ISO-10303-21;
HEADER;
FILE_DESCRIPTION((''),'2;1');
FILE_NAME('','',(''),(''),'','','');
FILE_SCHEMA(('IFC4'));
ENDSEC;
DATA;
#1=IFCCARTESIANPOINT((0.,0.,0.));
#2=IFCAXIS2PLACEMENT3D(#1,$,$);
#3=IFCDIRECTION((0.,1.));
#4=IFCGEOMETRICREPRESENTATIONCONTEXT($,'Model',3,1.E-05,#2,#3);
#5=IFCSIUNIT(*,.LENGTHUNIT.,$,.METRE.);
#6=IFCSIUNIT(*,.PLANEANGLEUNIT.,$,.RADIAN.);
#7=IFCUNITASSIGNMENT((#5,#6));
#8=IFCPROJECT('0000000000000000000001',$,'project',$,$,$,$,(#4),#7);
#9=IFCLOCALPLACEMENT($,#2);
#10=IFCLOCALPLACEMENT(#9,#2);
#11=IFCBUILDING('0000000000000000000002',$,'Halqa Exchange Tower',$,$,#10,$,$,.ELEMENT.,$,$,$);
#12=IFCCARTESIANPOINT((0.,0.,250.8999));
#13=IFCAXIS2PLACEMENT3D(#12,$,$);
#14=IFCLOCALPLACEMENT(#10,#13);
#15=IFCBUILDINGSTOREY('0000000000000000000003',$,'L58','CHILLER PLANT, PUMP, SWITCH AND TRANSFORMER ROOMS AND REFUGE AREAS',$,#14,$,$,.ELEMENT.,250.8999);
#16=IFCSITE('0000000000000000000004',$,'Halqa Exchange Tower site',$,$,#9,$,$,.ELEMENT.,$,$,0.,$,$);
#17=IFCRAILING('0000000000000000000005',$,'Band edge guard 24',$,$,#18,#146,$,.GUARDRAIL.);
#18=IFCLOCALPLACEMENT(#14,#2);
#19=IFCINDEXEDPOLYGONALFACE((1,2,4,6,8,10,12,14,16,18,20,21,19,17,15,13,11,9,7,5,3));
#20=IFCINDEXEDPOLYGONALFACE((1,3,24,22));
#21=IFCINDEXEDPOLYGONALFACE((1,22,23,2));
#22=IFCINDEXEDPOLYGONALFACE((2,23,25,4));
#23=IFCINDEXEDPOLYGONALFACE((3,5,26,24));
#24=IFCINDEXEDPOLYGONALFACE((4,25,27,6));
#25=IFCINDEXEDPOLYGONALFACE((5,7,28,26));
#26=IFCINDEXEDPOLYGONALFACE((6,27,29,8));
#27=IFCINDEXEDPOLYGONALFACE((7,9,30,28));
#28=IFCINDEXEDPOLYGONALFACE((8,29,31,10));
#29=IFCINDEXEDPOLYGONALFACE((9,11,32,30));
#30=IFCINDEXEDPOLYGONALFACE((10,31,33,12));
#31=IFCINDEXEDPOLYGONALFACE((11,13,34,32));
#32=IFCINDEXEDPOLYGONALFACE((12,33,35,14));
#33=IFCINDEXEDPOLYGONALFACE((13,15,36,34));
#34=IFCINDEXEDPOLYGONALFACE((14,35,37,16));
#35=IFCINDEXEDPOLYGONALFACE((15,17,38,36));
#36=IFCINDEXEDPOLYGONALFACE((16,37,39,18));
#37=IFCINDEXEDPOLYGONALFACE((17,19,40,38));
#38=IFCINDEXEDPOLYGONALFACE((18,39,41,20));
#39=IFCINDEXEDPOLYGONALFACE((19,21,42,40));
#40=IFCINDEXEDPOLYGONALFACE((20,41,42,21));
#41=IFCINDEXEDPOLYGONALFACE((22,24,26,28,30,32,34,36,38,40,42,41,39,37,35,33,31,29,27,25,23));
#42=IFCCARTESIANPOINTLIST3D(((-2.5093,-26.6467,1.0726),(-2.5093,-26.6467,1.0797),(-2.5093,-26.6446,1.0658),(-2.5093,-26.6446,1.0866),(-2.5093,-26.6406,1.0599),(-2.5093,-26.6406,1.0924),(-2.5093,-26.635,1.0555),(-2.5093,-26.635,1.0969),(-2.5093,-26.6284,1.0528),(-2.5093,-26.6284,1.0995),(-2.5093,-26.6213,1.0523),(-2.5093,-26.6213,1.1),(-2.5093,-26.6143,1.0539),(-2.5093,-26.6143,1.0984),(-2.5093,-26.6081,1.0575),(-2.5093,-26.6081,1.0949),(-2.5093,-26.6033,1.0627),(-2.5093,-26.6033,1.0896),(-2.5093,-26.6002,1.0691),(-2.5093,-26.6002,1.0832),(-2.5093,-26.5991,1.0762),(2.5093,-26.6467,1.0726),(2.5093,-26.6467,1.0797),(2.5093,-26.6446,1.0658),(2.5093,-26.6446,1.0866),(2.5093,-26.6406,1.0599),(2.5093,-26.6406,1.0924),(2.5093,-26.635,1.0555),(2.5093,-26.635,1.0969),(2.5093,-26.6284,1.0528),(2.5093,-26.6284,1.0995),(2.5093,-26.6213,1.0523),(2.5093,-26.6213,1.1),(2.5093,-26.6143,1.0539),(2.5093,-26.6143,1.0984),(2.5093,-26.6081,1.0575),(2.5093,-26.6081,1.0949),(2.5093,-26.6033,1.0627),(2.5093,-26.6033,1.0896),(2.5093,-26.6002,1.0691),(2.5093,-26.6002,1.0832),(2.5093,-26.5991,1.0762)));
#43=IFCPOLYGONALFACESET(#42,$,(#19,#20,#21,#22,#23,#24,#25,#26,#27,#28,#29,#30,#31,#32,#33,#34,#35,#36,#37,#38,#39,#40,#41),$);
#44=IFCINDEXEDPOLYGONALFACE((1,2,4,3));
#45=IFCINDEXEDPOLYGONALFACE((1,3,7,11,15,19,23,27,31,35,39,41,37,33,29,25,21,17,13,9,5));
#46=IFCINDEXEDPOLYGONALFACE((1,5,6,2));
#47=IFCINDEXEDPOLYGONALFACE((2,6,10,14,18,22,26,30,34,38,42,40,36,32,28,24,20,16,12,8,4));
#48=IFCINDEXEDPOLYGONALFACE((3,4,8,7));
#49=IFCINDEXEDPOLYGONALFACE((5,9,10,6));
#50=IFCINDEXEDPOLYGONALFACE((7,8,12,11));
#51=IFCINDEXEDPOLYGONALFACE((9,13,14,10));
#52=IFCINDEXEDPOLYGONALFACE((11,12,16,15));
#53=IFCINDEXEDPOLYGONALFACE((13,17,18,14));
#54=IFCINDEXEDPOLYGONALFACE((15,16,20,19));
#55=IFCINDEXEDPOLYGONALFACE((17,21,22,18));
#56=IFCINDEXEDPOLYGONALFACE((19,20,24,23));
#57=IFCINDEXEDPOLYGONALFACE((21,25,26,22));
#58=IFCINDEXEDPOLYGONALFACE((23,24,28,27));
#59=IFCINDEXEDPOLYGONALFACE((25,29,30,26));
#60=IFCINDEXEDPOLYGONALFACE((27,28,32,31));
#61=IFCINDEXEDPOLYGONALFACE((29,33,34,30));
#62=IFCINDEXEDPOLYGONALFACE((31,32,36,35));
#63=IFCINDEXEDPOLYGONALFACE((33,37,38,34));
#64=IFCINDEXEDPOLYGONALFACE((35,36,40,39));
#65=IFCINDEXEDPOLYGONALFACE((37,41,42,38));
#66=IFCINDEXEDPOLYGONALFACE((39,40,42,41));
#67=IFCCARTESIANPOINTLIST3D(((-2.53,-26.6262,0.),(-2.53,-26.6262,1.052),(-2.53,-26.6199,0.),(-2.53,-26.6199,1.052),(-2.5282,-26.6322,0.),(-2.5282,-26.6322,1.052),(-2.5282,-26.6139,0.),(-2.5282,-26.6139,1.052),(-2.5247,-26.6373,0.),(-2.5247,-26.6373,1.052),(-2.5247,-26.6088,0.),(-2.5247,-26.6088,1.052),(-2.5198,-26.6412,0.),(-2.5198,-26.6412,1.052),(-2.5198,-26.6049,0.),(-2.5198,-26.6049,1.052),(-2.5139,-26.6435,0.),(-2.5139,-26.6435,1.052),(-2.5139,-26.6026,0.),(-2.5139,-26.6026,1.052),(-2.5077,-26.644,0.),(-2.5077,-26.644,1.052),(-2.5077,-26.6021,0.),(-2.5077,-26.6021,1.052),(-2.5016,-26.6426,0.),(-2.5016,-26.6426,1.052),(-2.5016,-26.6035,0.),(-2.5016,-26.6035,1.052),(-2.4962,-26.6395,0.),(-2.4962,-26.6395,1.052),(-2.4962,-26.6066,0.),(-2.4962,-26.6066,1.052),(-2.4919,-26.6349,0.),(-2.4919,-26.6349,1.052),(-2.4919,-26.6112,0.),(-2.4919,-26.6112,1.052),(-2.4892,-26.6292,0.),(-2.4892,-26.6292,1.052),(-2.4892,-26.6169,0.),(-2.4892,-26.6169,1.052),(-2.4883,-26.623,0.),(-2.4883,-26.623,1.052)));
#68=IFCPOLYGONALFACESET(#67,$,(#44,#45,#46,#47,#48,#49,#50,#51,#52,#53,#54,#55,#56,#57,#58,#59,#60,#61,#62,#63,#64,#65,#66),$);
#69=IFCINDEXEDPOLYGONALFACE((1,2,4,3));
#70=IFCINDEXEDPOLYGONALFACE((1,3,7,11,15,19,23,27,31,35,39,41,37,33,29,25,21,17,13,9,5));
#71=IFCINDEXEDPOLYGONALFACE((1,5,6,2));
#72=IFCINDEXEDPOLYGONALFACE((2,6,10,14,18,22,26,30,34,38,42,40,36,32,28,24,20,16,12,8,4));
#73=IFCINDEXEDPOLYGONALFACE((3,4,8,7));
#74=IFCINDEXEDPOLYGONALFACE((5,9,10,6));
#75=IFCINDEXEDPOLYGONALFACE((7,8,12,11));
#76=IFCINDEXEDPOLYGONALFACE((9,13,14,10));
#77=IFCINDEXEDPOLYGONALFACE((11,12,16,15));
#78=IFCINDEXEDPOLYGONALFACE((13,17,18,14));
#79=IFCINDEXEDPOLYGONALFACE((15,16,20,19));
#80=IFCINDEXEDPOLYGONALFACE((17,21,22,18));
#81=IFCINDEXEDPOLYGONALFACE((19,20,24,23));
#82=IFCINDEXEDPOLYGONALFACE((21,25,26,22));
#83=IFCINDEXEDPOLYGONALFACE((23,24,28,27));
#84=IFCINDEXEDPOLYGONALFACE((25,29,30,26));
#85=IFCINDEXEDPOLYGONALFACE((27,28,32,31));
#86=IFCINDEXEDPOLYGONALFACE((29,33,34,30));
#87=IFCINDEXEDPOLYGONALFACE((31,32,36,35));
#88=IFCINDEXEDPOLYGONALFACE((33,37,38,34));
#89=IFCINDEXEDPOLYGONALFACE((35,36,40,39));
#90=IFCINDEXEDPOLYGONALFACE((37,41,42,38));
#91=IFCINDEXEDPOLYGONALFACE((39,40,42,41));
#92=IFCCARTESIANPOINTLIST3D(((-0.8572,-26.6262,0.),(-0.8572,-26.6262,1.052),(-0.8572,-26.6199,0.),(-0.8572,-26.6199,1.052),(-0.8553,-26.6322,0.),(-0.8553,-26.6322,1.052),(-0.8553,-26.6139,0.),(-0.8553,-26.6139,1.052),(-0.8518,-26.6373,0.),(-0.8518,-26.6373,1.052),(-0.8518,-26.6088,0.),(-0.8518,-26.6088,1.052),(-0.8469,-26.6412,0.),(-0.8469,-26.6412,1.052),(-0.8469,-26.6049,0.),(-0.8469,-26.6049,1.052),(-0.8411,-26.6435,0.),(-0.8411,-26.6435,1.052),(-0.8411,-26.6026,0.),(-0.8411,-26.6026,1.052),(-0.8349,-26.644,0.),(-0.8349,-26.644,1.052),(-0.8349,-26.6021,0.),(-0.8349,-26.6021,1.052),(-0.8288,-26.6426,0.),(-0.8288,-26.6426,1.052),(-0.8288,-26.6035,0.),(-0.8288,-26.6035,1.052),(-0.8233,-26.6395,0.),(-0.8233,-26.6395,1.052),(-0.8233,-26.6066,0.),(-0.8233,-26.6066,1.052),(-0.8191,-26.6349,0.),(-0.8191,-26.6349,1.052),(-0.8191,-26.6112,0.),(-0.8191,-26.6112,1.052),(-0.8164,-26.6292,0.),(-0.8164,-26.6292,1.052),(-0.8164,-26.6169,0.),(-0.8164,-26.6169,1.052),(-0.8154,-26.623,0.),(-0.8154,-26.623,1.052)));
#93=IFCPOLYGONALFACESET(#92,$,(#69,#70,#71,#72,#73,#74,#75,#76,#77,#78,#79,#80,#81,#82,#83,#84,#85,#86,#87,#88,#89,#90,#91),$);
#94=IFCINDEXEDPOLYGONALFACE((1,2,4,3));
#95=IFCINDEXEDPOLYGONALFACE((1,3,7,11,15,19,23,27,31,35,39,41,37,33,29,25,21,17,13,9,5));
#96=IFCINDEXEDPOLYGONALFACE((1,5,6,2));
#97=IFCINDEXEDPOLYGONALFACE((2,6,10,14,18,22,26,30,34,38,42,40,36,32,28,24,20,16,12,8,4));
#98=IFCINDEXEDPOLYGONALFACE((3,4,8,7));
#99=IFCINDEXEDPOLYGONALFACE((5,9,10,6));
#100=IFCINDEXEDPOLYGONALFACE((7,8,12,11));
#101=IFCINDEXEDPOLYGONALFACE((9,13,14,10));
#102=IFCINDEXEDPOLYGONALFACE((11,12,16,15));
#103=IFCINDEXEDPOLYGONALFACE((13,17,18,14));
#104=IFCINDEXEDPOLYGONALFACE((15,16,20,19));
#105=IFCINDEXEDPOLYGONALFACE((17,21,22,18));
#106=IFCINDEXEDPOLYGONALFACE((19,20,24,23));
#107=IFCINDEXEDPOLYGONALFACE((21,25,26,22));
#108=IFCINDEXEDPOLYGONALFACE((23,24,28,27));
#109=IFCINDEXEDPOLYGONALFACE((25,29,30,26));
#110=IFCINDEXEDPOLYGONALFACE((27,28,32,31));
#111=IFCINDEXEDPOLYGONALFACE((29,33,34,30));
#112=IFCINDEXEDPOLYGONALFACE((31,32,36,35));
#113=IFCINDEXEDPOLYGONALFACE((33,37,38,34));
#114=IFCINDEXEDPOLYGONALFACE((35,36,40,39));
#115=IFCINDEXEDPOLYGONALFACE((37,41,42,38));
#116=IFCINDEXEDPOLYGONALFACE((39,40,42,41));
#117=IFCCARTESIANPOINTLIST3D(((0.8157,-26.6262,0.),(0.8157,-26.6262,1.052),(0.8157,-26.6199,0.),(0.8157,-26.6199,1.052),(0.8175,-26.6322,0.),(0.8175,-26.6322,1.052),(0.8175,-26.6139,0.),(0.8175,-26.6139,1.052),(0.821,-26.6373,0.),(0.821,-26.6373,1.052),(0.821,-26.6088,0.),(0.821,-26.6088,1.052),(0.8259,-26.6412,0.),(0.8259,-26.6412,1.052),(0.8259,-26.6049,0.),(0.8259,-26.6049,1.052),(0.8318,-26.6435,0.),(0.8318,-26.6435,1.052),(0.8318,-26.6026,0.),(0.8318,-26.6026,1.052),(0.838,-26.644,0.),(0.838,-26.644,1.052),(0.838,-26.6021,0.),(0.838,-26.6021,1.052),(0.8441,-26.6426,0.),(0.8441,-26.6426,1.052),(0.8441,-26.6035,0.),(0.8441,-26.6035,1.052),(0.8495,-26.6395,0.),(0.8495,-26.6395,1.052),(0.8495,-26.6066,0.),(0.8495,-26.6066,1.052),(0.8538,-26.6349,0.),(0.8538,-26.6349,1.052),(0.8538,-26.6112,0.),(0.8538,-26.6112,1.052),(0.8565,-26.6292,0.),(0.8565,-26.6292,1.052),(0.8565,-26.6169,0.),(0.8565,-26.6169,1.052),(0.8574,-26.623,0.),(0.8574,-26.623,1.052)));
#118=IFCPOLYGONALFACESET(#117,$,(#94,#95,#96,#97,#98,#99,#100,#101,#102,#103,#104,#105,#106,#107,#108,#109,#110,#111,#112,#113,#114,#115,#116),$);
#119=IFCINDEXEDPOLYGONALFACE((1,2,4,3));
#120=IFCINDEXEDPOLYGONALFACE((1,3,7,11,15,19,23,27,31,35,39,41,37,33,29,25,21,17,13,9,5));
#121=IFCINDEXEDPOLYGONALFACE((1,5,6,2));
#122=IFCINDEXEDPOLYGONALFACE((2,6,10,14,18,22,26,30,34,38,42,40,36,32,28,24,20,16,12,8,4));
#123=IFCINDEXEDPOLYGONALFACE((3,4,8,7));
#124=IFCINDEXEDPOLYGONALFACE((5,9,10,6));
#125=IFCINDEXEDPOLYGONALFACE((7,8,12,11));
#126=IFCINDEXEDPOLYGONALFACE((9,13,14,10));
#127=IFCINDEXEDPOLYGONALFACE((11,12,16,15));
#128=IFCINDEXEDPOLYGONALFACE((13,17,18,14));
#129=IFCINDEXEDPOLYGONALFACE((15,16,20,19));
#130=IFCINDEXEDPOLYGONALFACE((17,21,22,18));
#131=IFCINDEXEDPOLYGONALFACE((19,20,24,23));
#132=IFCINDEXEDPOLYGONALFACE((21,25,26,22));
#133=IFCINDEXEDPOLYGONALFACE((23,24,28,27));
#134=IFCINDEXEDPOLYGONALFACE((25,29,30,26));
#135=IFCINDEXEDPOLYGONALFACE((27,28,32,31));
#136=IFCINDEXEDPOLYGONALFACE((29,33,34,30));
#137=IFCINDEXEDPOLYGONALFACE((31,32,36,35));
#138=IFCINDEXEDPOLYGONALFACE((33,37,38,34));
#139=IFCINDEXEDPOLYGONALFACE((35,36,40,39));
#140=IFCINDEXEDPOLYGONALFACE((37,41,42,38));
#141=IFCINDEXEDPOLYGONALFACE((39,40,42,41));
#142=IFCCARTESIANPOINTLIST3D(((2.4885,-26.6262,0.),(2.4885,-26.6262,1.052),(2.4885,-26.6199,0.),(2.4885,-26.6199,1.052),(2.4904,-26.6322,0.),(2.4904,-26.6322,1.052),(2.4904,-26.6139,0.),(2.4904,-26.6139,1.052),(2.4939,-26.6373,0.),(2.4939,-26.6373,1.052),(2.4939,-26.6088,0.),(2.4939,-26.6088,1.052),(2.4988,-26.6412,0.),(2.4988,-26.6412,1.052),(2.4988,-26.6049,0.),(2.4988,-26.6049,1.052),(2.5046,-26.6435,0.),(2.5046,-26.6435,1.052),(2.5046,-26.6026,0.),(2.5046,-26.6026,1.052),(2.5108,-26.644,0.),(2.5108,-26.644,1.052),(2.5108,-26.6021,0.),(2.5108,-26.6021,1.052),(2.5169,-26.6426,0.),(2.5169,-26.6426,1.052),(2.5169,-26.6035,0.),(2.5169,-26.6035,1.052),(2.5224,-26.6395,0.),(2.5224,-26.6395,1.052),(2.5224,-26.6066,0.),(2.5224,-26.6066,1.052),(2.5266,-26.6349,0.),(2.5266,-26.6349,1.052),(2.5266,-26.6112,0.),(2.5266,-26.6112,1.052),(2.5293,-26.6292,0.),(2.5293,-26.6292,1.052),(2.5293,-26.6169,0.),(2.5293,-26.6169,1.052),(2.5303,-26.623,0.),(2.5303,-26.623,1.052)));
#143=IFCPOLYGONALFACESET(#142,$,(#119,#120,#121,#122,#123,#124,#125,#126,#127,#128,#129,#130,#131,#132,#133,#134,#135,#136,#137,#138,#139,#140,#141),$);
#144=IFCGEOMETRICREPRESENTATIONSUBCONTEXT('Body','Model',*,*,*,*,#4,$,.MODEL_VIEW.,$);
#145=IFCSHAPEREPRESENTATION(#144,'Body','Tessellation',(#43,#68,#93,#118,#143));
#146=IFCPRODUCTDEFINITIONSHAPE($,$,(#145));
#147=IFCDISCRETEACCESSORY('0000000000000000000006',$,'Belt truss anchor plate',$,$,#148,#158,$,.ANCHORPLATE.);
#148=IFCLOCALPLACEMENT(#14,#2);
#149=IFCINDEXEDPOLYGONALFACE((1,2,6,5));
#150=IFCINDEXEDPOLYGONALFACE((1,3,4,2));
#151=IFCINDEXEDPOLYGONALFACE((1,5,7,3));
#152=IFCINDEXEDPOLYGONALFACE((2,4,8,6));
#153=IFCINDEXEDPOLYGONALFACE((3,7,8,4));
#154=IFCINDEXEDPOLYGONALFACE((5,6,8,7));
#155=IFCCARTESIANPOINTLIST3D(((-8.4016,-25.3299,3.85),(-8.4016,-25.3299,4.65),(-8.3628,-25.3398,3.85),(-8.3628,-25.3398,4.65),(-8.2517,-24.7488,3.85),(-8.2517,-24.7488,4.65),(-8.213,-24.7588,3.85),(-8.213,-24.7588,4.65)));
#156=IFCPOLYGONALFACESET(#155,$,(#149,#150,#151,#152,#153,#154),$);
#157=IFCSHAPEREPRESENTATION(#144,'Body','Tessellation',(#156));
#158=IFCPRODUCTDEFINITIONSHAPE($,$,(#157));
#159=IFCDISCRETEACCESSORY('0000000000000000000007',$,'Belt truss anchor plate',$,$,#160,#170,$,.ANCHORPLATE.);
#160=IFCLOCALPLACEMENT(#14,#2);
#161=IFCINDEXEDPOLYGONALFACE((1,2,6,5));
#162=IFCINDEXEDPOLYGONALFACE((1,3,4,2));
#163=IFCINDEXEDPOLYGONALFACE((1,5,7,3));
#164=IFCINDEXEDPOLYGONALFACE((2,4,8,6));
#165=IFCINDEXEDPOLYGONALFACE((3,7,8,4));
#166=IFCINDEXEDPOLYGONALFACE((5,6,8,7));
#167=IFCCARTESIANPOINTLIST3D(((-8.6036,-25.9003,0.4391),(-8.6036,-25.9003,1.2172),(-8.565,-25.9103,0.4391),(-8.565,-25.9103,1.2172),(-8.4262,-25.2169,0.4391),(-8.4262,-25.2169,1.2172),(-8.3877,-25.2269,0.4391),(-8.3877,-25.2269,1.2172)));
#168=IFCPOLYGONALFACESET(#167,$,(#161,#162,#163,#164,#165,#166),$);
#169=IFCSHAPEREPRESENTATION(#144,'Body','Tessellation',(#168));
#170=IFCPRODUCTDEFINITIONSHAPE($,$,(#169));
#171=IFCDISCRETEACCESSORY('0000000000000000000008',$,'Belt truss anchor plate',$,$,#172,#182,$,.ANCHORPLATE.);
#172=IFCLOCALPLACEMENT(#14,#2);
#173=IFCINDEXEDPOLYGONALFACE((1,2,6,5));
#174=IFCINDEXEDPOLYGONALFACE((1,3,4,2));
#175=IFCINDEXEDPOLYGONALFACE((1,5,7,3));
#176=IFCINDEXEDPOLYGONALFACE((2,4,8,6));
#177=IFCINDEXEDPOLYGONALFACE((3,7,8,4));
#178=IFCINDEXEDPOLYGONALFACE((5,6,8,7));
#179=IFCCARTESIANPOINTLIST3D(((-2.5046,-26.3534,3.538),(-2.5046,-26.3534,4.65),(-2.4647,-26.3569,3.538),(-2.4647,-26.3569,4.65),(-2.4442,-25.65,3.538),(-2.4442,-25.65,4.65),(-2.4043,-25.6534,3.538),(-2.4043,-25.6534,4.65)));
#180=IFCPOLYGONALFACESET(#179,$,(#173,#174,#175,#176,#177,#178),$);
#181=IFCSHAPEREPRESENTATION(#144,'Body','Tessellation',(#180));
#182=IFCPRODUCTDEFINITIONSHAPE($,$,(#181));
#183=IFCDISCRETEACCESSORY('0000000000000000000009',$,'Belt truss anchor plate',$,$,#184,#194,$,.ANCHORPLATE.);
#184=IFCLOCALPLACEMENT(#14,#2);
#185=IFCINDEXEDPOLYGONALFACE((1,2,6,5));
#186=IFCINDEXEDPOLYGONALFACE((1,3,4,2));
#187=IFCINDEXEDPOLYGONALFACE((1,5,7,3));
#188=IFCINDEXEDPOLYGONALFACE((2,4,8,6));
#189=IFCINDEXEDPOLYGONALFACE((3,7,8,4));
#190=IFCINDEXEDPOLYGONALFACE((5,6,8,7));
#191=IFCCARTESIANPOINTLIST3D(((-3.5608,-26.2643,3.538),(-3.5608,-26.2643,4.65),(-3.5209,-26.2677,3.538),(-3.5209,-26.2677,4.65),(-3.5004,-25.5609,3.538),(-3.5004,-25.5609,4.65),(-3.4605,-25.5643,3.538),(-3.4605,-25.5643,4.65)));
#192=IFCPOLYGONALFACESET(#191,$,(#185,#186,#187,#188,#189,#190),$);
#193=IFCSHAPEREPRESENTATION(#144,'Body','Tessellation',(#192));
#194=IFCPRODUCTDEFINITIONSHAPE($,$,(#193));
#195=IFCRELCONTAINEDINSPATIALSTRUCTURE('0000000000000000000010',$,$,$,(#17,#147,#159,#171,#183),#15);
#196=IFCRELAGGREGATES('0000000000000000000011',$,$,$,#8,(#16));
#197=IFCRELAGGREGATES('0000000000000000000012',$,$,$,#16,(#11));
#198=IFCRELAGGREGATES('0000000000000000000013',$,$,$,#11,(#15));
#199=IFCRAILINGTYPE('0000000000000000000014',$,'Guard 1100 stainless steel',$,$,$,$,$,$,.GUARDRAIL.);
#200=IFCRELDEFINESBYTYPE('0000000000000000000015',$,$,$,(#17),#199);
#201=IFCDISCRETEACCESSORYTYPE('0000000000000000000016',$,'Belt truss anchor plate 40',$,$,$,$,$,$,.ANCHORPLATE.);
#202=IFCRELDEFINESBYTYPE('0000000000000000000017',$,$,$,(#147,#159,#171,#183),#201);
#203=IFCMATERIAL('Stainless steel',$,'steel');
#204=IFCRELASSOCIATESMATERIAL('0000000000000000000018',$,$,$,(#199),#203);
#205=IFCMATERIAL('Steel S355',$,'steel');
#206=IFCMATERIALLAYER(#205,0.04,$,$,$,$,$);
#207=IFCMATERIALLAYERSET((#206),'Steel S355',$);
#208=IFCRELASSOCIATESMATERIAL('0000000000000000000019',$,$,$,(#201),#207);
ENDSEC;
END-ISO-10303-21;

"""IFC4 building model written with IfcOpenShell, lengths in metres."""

from ifc_helpers import new_model, si_unit, direction, frame, origin, origin_2d, place, context, subcontext, project, spatial, rectangle, circle, extrude, material, layer, layer_set, type_object, element, save


model = new_model("IFC4")

# Units and contexts
model_context = context("Model", 3, precision=1e-05, world=origin(), true_north=direction((0.0, 1.0)))
body_context = subcontext(model_context, "Body", "Model", "MODEL_VIEW")
ifc_project = project(units=[si_unit("LENGTHUNIT", "METRE"), si_unit("PLANEANGLEUNIT", "RADIAN")], contexts=[model_context])

# Site, building, storey
site_placement = place(None, origin())
site = spatial("IfcSite", under=ifc_project, at=site_placement, Name="Halqa Exchange Tower site", CompositionType="ELEMENT", RefElevation=0.0)
building_placement = place(site_placement, origin())
building = spatial("IfcBuilding", under=site, at=building_placement, Name="Halqa Exchange Tower", CompositionType="ELEMENT")
storey_placement = place(building_placement, frame((0.0, 0.0, 250.8999)))
storey = spatial("IfcBuildingStorey", under=building, at=storey_placement, Name="L58", Description="CHILLER PLANT, PUMP, SWITCH AND TRANSFORMER ROOMS AND REFUGE AREAS", CompositionType="ELEMENT", Elevation=250.8999)

# Shared definitions
ifc_material_1 = material(Name="Steel S355", Category="steel")

# Railing
ifc_material_2 = material(Name="Stainless steel", Category="steel")
railing_type = type_object("IfcRailingType", Name="Guard 1100 stainless steel", PredefinedType="GUARDRAIL", material=ifc_material_2)
railing_1_placement = place(storey_placement, frame((-2.5093, -26.623, 0.0)))
element("IfcRailing", 1, at=railing_1_placement, inside=storey, type_object=railing_type, Name="Band edge guard 24", PredefinedType="GUARDRAIL", context=body_context, shape_type="SweptSolid", body=[
    extrude(circle(Radius=0.0239, at=origin_2d()), frame((0.0, 0.0, 1.0762), z_axis=(1.0, 0.0, 0.0), x_axis=(0.0, 1.0, 0.0)), (0.0, 0.0, 1.0), 5.0186),
    extrude(circle(Radius=0.021, at=origin_2d()), origin(), (0.0, 0.0, 1.0), 1.052),
    extrude(circle(Radius=0.021, at=origin_2d()), frame((1.6729, 0.0, 0.0)), (0.0, 0.0, 1.0), 1.052),
    extrude(circle(Radius=0.021, at=origin_2d()), frame((3.3457, 0.0, 0.0)), (0.0, 0.0, 1.0), 1.052),
    extrude(circle(Radius=0.021, at=origin_2d()), frame((5.0186, 0.0, 0.0)), (0.0, 0.0, 1.0), 1.052),
])

# Discrete accessories
ifc_layer_1 = layer(ifc_material_1, 0.04)
ifc_layer_set_1 = layer_set([ifc_layer_1], Name="Steel S355")
discrete_accessory_type = type_object("IfcDiscreteAccessoryType", Name="Belt truss anchor plate 40", PredefinedType="ANCHORPLATE", material=ifc_layer_set_1)
discrete_accessory_1_placement = place(storey_placement, frame((-8.3267, -25.0393, 4.25), z_axis=(0.968325, -0.249694, 0.0), x_axis=(0.249694, 0.968325, 0.0)))
element("IfcDiscreteAccessory", 2, at=discrete_accessory_1_placement, inside=storey, type_object=discrete_accessory_type, Name="Belt truss anchor plate", PredefinedType="ANCHORPLATE", context=body_context, shape_type="SweptSolid", body=[
    extrude(rectangle(XDim=0.6001, YDim=0.8, at=origin_2d()), origin(), (0.0, 0.0, 1.0), 0.04),
])
discrete_accessory_2_placement = place(storey_placement, frame((-8.5149, -25.5586, 0.8281), z_axis=(0.967942, -0.251175, 0.0), x_axis=(0.251175, 0.967942, 0.0)))
element("IfcDiscreteAccessory", 3, at=discrete_accessory_2_placement, inside=storey, type_object=discrete_accessory_type, Name="Belt truss anchor plate", PredefinedType="ANCHORPLATE", context=body_context, shape_type="SweptSolid", body=[
    extrude(rectangle(XDim=0.7061, YDim=0.7781, at=origin_2d()), origin(), (0.0, 0.0, 1.0), 0.0398),
])
for number, where, z_axis, x_axis, name in (
    (4, (-2.4744, -26.0017, 4.094), (0.996332, -0.085575, 0.0), (0.085575, 0.996332, 0.0), "Belt truss anchor plate"),
    (5, (-3.4907, -25.916, 4.094), (-0.996332, 0.085575, 0.0), (-0.085575, -0.996332, 0.0), "Belt truss anchor plate"),
):
    element("IfcDiscreteAccessory", number, at=place(storey_placement, frame(where, z_axis=z_axis, x_axis=x_axis)), inside=storey, type_object=discrete_accessory_type, Name=name, PredefinedType="ANCHORPLATE", context=body_context, shape_type="SweptSolid", body=[
        extrude(rectangle(XDim=0.7061, YDim=1.1121, at=origin_2d()), origin(), (0.0, 0.0, 1.0), 0.04),
    ])

save(model, "model.ifc")
